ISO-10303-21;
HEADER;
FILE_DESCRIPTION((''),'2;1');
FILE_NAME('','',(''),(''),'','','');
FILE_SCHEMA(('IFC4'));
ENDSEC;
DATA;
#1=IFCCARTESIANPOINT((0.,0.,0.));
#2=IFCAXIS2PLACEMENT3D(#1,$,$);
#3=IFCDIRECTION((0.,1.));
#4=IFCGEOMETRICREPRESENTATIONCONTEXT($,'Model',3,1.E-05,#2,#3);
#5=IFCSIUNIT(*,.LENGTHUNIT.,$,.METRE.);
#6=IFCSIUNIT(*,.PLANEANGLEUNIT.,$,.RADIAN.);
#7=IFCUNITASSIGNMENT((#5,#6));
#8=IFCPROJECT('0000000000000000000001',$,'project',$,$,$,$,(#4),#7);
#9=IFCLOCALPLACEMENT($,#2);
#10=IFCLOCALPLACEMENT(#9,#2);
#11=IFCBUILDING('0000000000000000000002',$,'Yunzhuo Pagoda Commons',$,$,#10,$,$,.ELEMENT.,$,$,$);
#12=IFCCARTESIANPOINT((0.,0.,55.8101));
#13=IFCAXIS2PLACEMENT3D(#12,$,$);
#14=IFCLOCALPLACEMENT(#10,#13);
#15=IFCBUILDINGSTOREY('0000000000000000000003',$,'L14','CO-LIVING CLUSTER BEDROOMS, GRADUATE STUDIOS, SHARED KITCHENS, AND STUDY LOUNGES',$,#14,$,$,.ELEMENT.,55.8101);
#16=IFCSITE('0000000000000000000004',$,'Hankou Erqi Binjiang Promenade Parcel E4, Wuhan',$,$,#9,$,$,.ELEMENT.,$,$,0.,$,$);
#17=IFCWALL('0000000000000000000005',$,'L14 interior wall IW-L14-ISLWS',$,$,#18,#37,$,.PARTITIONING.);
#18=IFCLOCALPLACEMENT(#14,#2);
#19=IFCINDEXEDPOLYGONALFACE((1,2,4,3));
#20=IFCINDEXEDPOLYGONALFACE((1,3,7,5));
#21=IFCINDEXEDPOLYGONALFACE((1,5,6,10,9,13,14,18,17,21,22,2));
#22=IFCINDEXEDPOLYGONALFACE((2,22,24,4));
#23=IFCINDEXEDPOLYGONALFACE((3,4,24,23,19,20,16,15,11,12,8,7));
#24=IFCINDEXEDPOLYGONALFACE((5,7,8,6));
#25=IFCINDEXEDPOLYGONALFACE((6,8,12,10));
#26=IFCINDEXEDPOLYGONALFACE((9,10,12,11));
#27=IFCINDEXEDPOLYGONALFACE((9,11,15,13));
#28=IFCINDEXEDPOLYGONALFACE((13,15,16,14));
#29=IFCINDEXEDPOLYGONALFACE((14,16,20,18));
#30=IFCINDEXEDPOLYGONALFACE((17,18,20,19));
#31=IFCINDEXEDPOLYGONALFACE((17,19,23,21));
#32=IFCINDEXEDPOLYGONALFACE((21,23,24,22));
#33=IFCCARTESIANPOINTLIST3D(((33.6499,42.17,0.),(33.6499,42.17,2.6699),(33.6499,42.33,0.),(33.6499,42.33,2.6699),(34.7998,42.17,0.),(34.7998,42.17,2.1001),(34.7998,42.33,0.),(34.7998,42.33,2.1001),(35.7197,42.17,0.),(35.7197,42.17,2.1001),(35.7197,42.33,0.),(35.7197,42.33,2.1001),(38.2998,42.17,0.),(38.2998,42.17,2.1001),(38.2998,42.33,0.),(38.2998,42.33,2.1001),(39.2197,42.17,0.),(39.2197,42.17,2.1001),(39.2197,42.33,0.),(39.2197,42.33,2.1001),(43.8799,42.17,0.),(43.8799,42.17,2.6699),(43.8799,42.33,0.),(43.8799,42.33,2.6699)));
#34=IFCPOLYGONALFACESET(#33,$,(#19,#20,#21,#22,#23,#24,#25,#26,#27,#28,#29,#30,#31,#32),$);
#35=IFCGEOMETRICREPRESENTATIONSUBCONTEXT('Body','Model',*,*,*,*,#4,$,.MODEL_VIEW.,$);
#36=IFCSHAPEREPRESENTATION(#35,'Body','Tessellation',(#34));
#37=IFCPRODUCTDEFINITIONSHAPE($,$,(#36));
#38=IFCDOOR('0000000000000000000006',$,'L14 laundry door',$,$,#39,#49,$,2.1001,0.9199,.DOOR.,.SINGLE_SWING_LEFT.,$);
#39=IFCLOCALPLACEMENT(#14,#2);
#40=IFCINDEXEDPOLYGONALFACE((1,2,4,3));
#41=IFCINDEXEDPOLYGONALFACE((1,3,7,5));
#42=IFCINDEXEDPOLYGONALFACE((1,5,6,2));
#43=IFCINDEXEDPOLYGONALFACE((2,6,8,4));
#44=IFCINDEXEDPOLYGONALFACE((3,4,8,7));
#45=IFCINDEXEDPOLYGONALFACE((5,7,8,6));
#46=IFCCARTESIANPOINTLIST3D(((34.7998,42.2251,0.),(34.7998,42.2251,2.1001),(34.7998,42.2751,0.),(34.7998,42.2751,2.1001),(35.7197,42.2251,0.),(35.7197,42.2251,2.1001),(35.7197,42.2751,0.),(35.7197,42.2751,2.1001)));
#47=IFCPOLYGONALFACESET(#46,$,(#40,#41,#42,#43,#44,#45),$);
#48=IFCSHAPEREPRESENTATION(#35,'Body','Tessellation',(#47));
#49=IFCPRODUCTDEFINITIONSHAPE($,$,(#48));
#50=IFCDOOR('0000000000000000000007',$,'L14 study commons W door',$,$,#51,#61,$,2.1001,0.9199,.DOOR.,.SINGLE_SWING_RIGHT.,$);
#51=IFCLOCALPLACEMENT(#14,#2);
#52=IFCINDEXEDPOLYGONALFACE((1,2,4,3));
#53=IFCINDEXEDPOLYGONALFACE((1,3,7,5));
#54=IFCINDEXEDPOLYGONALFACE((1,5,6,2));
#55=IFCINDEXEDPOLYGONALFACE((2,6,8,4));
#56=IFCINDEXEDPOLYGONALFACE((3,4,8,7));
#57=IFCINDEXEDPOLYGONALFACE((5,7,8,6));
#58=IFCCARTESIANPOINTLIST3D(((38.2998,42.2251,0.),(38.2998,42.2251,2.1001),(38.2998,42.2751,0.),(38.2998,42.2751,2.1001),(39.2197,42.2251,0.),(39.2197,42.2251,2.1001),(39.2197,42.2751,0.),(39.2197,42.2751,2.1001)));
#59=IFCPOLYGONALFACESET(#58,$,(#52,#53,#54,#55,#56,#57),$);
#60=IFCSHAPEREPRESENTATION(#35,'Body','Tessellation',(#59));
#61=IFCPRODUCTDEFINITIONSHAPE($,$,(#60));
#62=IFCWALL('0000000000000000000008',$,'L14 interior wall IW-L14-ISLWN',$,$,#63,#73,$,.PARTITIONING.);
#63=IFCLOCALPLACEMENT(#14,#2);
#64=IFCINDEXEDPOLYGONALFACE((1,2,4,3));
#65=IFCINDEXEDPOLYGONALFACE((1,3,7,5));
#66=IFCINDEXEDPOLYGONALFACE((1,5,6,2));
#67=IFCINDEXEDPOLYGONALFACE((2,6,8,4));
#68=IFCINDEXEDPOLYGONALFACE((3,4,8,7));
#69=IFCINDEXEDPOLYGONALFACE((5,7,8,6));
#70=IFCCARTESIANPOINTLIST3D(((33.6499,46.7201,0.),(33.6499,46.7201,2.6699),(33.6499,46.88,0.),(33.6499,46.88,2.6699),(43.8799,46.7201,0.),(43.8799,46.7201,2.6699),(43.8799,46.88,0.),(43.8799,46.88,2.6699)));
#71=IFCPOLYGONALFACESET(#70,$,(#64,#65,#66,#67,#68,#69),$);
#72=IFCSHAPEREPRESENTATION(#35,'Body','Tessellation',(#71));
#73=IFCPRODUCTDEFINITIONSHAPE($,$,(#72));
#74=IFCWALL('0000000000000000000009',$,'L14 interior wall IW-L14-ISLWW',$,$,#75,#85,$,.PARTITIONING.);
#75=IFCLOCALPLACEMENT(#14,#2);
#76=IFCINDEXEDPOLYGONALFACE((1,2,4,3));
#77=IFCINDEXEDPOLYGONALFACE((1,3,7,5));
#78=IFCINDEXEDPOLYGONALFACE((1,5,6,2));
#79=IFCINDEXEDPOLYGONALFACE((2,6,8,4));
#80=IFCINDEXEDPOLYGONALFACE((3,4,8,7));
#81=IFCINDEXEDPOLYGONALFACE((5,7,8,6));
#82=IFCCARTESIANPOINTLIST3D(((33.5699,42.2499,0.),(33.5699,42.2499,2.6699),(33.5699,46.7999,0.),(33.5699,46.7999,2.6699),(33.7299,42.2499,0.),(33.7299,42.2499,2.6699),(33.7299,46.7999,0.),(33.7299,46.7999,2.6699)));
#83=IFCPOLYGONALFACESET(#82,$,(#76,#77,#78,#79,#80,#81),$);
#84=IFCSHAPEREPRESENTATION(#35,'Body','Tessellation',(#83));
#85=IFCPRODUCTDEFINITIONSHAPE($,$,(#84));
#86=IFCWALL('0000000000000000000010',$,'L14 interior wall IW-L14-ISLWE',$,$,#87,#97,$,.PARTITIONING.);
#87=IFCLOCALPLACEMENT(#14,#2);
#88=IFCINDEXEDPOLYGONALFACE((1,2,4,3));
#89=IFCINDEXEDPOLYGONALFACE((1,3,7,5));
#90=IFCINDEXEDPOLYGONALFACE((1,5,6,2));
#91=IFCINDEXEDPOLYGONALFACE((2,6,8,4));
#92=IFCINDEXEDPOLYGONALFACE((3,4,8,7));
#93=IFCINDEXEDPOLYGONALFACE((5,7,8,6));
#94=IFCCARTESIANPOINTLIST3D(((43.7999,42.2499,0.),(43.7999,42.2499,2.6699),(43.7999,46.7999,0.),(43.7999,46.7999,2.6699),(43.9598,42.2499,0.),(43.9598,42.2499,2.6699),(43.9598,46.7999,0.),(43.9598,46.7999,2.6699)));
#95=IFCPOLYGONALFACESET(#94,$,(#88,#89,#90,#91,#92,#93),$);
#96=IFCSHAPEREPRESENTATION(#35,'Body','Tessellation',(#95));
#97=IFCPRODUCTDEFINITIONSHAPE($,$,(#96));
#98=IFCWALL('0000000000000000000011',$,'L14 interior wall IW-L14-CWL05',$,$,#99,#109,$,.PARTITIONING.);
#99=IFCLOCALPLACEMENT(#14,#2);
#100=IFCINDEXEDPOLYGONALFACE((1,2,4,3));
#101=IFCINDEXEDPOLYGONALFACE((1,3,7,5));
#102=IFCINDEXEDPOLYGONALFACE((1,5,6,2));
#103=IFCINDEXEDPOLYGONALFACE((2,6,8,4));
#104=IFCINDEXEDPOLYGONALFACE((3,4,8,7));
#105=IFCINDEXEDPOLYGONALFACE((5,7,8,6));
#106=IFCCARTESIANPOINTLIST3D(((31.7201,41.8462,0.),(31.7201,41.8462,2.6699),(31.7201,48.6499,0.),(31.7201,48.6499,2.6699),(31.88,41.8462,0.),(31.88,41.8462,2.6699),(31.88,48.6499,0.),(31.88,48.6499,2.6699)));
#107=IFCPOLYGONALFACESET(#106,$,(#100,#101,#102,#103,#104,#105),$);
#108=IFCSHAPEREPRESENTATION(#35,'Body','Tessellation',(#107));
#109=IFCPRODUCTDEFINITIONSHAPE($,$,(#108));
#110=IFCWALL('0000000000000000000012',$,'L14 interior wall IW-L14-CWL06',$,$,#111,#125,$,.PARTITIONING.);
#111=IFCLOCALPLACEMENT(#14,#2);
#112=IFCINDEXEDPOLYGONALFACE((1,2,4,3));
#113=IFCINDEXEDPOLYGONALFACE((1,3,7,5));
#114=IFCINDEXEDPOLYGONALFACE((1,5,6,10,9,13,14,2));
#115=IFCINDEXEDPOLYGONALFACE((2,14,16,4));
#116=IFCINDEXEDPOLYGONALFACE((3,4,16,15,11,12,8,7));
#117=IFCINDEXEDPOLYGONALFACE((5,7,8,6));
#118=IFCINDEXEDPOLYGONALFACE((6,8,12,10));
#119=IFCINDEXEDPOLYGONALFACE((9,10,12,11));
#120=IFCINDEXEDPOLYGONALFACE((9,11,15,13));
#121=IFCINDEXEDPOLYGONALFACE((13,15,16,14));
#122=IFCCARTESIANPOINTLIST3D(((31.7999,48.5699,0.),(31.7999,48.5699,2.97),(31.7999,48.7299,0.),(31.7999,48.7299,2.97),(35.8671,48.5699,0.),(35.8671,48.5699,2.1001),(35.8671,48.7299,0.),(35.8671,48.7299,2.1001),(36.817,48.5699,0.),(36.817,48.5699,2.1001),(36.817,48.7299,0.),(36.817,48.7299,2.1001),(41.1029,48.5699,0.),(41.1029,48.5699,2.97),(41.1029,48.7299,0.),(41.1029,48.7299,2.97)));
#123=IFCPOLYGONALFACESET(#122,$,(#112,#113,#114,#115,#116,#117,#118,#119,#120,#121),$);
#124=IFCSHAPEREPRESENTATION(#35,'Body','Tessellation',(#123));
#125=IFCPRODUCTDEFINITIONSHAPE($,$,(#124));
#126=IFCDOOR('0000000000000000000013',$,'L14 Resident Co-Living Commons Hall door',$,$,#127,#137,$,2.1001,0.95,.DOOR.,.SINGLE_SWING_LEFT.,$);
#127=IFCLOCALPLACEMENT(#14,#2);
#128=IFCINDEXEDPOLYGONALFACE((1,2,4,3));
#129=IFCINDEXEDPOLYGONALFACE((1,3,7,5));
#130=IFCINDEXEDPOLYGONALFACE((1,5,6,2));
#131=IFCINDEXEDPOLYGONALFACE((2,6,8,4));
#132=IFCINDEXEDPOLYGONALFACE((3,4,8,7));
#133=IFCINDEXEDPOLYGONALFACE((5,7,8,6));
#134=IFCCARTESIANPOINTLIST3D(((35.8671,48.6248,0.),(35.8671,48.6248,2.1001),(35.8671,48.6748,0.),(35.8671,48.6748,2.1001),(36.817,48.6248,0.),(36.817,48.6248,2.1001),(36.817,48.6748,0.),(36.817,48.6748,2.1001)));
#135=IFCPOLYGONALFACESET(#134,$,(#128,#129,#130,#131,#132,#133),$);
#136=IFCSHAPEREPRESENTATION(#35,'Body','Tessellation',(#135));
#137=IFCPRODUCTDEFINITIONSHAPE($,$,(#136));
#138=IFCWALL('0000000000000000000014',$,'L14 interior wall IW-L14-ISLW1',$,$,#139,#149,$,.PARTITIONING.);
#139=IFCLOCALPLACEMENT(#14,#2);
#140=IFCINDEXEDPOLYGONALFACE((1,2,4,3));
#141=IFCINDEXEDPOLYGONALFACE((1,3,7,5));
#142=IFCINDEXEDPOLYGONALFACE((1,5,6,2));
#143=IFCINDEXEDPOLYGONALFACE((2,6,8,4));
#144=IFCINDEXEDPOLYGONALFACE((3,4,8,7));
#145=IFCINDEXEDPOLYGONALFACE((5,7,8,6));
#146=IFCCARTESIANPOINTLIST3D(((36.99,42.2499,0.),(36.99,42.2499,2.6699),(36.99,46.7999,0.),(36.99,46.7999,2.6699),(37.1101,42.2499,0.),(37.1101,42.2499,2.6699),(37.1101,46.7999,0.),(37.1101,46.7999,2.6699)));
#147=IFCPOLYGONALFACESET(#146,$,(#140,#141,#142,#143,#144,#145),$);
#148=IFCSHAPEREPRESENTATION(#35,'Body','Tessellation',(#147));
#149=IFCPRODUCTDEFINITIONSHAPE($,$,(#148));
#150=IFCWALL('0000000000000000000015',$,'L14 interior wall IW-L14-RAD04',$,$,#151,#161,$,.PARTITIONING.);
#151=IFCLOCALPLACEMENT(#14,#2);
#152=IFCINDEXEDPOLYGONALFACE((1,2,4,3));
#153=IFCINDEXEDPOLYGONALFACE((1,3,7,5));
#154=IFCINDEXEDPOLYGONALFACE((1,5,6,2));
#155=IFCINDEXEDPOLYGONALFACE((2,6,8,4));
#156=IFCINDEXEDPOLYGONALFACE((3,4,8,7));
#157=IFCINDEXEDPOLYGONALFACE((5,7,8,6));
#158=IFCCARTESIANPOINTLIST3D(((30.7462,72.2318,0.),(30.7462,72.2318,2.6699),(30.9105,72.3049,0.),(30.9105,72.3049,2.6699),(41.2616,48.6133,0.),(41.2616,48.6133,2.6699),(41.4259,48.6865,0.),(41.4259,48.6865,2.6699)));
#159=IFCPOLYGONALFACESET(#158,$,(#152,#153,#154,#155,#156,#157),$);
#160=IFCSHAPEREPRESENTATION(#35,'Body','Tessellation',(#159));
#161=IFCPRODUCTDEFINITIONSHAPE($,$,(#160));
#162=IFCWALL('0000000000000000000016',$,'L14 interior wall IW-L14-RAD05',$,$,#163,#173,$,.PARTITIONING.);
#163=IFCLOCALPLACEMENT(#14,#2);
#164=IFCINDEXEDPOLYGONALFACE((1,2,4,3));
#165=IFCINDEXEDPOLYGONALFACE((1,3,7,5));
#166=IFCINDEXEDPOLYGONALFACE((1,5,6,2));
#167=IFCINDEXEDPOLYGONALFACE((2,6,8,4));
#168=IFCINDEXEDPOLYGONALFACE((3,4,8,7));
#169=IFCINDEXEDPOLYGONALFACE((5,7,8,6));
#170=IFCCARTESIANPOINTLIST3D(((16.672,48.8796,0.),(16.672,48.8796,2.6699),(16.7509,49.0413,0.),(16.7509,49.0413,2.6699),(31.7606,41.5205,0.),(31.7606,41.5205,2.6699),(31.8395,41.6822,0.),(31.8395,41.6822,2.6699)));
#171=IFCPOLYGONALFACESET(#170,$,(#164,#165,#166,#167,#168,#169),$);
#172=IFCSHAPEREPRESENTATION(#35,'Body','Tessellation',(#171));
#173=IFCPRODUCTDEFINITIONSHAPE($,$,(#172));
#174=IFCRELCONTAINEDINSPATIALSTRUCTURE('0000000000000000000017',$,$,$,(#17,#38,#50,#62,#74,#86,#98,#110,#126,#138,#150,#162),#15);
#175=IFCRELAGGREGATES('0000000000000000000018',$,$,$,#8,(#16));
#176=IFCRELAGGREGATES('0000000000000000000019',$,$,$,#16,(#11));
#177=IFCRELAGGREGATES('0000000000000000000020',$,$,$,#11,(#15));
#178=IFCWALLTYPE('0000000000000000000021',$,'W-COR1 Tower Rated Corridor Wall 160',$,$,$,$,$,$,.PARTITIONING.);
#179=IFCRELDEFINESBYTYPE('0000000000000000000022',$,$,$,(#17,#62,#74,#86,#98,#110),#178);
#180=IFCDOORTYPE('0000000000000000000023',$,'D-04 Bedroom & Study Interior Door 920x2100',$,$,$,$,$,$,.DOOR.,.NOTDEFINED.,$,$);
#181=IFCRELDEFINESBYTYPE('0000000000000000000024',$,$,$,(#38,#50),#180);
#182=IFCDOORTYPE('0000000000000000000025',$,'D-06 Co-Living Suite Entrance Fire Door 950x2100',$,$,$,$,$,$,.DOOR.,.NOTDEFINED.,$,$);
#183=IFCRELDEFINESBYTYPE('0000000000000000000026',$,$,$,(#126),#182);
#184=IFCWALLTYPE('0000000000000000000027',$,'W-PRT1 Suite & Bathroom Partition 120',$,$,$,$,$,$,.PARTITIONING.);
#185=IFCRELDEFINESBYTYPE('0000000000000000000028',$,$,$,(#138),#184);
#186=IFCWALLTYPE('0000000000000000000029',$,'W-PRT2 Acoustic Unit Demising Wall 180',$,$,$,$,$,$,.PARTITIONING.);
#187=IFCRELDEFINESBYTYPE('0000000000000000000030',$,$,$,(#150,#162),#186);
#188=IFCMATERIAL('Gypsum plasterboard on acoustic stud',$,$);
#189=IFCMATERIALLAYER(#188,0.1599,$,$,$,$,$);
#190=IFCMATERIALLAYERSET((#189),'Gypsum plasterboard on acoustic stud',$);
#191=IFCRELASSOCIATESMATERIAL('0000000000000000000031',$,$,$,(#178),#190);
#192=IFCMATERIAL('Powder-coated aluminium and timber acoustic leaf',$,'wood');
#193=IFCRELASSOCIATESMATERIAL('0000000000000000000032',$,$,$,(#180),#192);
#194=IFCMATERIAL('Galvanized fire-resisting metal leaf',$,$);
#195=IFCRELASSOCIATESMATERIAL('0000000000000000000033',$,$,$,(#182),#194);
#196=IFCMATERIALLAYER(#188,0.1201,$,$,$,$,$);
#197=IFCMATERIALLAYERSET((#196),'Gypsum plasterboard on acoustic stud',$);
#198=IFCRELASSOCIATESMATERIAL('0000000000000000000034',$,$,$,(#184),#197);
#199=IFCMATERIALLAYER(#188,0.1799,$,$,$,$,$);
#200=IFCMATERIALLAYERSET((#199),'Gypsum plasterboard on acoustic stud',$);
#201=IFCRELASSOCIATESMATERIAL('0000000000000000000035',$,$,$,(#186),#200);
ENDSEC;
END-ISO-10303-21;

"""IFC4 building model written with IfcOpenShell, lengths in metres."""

from ifc_helpers import new_model, si_unit, direction, frame, frame_2d, origin, origin_with_axes, place, context, subcontext, project, spatial, rectangle, extrude, source, transform, mapped, material, layer, layer_set, type_object, element, fill, save


model = new_model("IFC4")

# Units and contexts
model_context = context("Model", 3, precision=1e-05, world=origin(), true_north=direction((0.0, 1.0)))
body_context = subcontext(model_context, "Body", "Model", "MODEL_VIEW")
ifc_project = project(units=[si_unit("LENGTHUNIT", "METRE"), si_unit("PLANEANGLEUNIT", "RADIAN")], contexts=[model_context])

# Site, building, storey
site_placement = place(None, origin())
site = spatial("IfcSite", under=ifc_project, at=site_placement, Name="Hankou Erqi Binjiang Promenade Parcel E4, Wuhan", CompositionType="ELEMENT", RefElevation=0.0)
building_placement = place(site_placement, origin())
building = spatial("IfcBuilding", under=site, at=building_placement, Name="Yunzhuo Pagoda Commons", CompositionType="ELEMENT")
storey_placement = place(building_placement, frame((0.0, 0.0, 55.8101)))
storey = spatial("IfcBuildingStorey", under=building, at=storey_placement, Name="L14", Description="CO-LIVING CLUSTER BEDROOMS, GRADUATE STUDIOS, SHARED KITCHENS, AND STUDY LOUNGES", CompositionType="ELEMENT", Elevation=55.8101)

# Shared definitions
ifc_material_1 = material(Name="Galvanized fire-resisting metal leaf")

# Wall, openings, doors
ifc_material_2 = material(Name="Gypsum plasterboard on acoustic stud")
ifc_layer_1 = layer(ifc_material_2, 0.1599)
ifc_layer_set_1 = layer_set([ifc_layer_1], Name="Gypsum plasterboard on acoustic stud")
wall_type_1 = type_object("IfcWallType", Name="W-COR1 Tower Rated Corridor Wall 160", PredefinedType="PARTITIONING", material=ifc_layer_set_1)
wall_1_placement = place(storey_placement, frame((33.6499, 42.25, 0.0), z_axis=(0.0, 0.0, 1.0), x_axis=(1.0, 0.0, 0.0)))
wall_1 = element("IfcWall", 1, at=wall_1_placement, inside=storey, type_object=wall_type_1, Name="L14 interior wall IW-L14-ISLWS", PredefinedType="PARTITIONING", context=body_context, shape_type="SweptSolid", body=[
    extrude(rectangle(XDim=10.23, YDim=0.1599, at=frame_2d((5.115, 0.0))), origin(), (0.0, 0.0, 1.0), 2.6699),
])
opening_1_placement = place(wall_1_placement, frame((1.1499, 0.0, 0.0)))
opening_1 = element("IfcOpeningElement", 2, at=opening_1_placement, cuts=wall_1, PredefinedType="OPENING", context=body_context, shape_type="SweptSolid", body=[
    extrude(rectangle(XDim=0.9199, YDim=2.1001, at=frame_2d((0.46, 1.05))), frame((0.0, 0.0898, 0.0), z_axis=(0.0, -1.0, 0.0), x_axis=(1.0, 0.0, 0.0)), (0.0, 0.0, 1.0), 0.1799),
])
opening_2_placement = place(wall_1_placement, frame((4.6499, 0.0, 0.0)))
opening_2 = element("IfcOpeningElement", 3, at=opening_2_placement, cuts=wall_1, PredefinedType="OPENING", context=body_context, shape_type="SweptSolid", body=[
    extrude(rectangle(XDim=0.9199, YDim=2.1001, at=frame_2d((0.46, 1.05))), frame((0.0, 0.0898, 0.0), z_axis=(0.0, -1.0, 0.0), x_axis=(1.0, 0.0, 0.0)), (0.0, 0.0, 1.0), 0.1799),
])
ifc_material_3 = material(Name="Powder-coated aluminium and timber acoustic leaf", Category="wood")
door_type_1 = type_object("IfcDoorType", Name="D-04 Bedroom & Study Interior Door 920x2100", OperationType="NOTDEFINED", PredefinedType="DOOR", material=ifc_material_3)
shared_shape_1 = source(origin(), body_context, "Body", "SweptSolid", [
    extrude(rectangle(XDim=0.9199, YDim=2.1001, at=frame_2d((0.46, 1.05))), frame((0.0, 0.0249, 0.0), z_axis=(0.0, -1.0, 0.0), x_axis=(1.0, 0.0, 0.0)), (0.0, 0.0, 1.0), 0.05),
])
door_1_placement = place(opening_1_placement, frame((0.9199, 0.0, 0.0), z_axis=(0.0, 0.0, 1.0), x_axis=(-1.0, 0.0, 0.0)))
door_1 = element("IfcDoor", 4, at=door_1_placement, inside=storey, type_object=door_type_1, Name="L14 laundry door", OperationType="SINGLE_SWING_LEFT", OverallHeight=2.1001, OverallWidth=0.9199, PredefinedType="DOOR", context=body_context, shape_type="MappedRepresentation", body=[
    mapped(shared_shape_1, transform((0.0, 0.0, 0.0), scale=1.0)),
])
fill(opening_1, door_1)
door_2_placement = place(opening_2_placement, frame((0.9199, 0.0, 0.0), z_axis=(0.0, 0.0, 1.0), x_axis=(-1.0, 0.0, 0.0)))
door_2 = element("IfcDoor", 5, at=door_2_placement, inside=storey, type_object=door_type_1, Name="L14 study commons W door", OperationType="SINGLE_SWING_RIGHT", OverallHeight=2.1001, OverallWidth=0.9199, PredefinedType="DOOR", context=body_context, shape_type="MappedRepresentation", body=[
    mapped(shared_shape_1, transform((0.0, 0.0, 0.0), scale=1.0)),
])
fill(opening_2, door_2)

# Walls
wall_2_placement = place(storey_placement, frame((33.6499, 46.8, 0.0), z_axis=(0.0, 0.0, 1.0), x_axis=(1.0, 0.0, 0.0)))
element("IfcWall", 6, at=wall_2_placement, inside=storey, type_object=wall_type_1, Name="L14 interior wall IW-L14-ISLWN", PredefinedType="PARTITIONING", context=body_context, shape_type="SweptSolid", body=[
    extrude(rectangle(XDim=10.23, YDim=0.1599, at=frame_2d((5.115, 0.0))), origin(), (0.0, 0.0, 1.0), 2.6699),
])
for number, where, z_axis, x_axis, name in (
    (7, (33.6499, 42.25, 0.0), (0.0, 0.0, 1.0), (0.0, 1.0, 0.0), "L14 interior wall IW-L14-ISLWW"),
    (8, (43.8799, 42.25, 0.0), (0.0, 0.0, 1.0), (0.0, 1.0, 0.0), "L14 interior wall IW-L14-ISLWE"),
):
    element("IfcWall", number, at=place(storey_placement, frame(where, z_axis=z_axis, x_axis=x_axis)), inside=storey, type_object=wall_type_1, Name=name, PredefinedType="PARTITIONING", context=body_context, shape_type="SweptSolid", body=[
        extrude(rectangle(XDim=4.55, YDim=0.1599, at=frame_2d((2.2749, 0.0))), origin(), (0.0, 0.0, 1.0), 2.6699),
    ])
wall_3_placement = place(storey_placement, frame((31.8, 41.8462, 0.0), z_axis=(0.0, 0.0, 1.0), x_axis=(0.0, 1.0, 0.0)))
element("IfcWall", 9, at=wall_3_placement, inside=storey, type_object=wall_type_1, Name="L14 interior wall IW-L14-CWL05", PredefinedType="PARTITIONING", context=body_context, shape_type="SweptSolid", body=[
    extrude(rectangle(XDim=6.8037, YDim=0.1599, at=frame_2d((3.4019, 0.0))), origin(), (0.0, 0.0, 1.0), 2.6699),
])

# Wall, opening, door
wall_4_placement = place(storey_placement, frame((31.8, 48.6499, 0.0), z_axis=(0.0, 0.0, 1.0), x_axis=(1.0, 0.0, 0.0)))
wall_4 = element("IfcWall", 10, at=wall_4_placement, inside=storey, type_object=wall_type_1, Name="L14 interior wall IW-L14-CWL06", PredefinedType="PARTITIONING", context=body_context, shape_type="SweptSolid", body=[
    extrude(rectangle(XDim=9.303, YDim=0.1599, at=frame_2d((4.6514, 0.0))), origin(), (0.0, 0.0, 1.0), 2.97),
])
opening_3_placement = place(wall_4_placement, frame((4.0669, 0.0, 0.0)))
opening_3 = element("IfcOpeningElement", 11, at=opening_3_placement, cuts=wall_4, PredefinedType="OPENING", context=body_context, shape_type="SweptSolid", body=[
    extrude(rectangle(XDim=0.95, YDim=2.1001, at=frame_2d((0.4751, 1.05))), frame((0.0, 0.0898, 0.0), z_axis=(0.0, -1.0, 0.0), x_axis=(1.0, 0.0, 0.0)), (0.0, 0.0, 1.0), 0.1799),
])
door_type_2 = type_object("IfcDoorType", Name="D-06 Co-Living Suite Entrance Fire Door 950x2100", OperationType="NOTDEFINED", PredefinedType="DOOR", material=ifc_material_1)
shared_shape_2 = source(origin(), body_context, "Body", "SweptSolid", [
    extrude(rectangle(XDim=0.95, YDim=2.1001, at=frame_2d((0.4751, 1.05))), frame((0.0, 0.0249, 0.0), z_axis=(0.0, -1.0, 0.0), x_axis=(1.0, 0.0, 0.0)), (0.0, 0.0, 1.0), 0.05),
])
door_3_placement = place(opening_3_placement, origin_with_axes())
door_3 = element("IfcDoor", 12, at=door_3_placement, inside=storey, type_object=door_type_2, Name="L14 Resident Co-Living Commons Hall door", OperationType="SINGLE_SWING_LEFT", OverallHeight=2.1001, OverallWidth=0.95, PredefinedType="DOOR", context=body_context, shape_type="MappedRepresentation", body=[
    mapped(shared_shape_2, transform((0.0, 0.0, 0.0), scale=1.0)),
])
fill(opening_3, door_3)

# Walls
ifc_layer_2 = layer(ifc_material_2, 0.1201)
ifc_layer_set_2 = layer_set([ifc_layer_2], Name="Gypsum plasterboard on acoustic stud")
wall_type_2 = type_object("IfcWallType", Name="W-PRT1 Suite & Bathroom Partition 120", PredefinedType="PARTITIONING", material=ifc_layer_set_2)
wall_5_placement = place(storey_placement, frame((37.05, 42.25, 0.0), z_axis=(0.0, 0.0, 1.0), x_axis=(0.0, 1.0, 0.0)))
element("IfcWall", 13, at=wall_5_placement, inside=storey, type_object=wall_type_2, Name="L14 interior wall IW-L14-ISLW1", PredefinedType="PARTITIONING", context=body_context, shape_type="SweptSolid", body=[
    extrude(rectangle(XDim=4.55, YDim=0.1201, at=frame_2d((2.2749, 0.0))), origin(), (0.0, 0.0, 1.0), 2.6699),
])
ifc_layer_3 = layer(ifc_material_2, 0.1799)
ifc_layer_set_3 = layer_set([ifc_layer_3], Name="Gypsum plasterboard on acoustic stud")
wall_type_3 = type_object("IfcWallType", Name="W-PRT2 Acoustic Unit Demising Wall 180", PredefinedType="PARTITIONING", material=ifc_layer_set_3)
wall_6_placement = place(storey_placement, frame((41.3438, 48.6499, 0.0), z_axis=(0.0, 0.0, 1.0), x_axis=(-0.40673, 0.913549, 0.0)))
element("IfcWall", 14, at=wall_6_placement, inside=storey, type_object=wall_type_3, Name="L14 interior wall IW-L14-RAD04", PredefinedType="PARTITIONING", context=body_context, shape_type="SweptSolid", body=[
    extrude(rectangle(XDim=25.8535, YDim=0.1799, at=frame_2d((12.9268, 0.0))), origin(), (0.0, 0.0, 1.0), 2.6699),
])
wall_7_placement = place(storey_placement, frame((31.8, 41.6013, 0.0), z_axis=(0.0, 0.0, 1.0), x_axis=(-0.898796, 0.438367, 0.0)))
element("IfcWall", 15, at=wall_7_placement, inside=storey, type_object=wall_type_3, Name="L14 interior wall IW-L14-RAD05", PredefinedType="PARTITIONING", context=body_context, shape_type="SweptSolid", body=[
    extrude(rectangle(XDim=16.7876, YDim=0.1799, at=frame_2d((8.3938, 0.0))), origin(), (0.0, 0.0, 1.0), 2.6699),
])

save(model, "model.ifc")
